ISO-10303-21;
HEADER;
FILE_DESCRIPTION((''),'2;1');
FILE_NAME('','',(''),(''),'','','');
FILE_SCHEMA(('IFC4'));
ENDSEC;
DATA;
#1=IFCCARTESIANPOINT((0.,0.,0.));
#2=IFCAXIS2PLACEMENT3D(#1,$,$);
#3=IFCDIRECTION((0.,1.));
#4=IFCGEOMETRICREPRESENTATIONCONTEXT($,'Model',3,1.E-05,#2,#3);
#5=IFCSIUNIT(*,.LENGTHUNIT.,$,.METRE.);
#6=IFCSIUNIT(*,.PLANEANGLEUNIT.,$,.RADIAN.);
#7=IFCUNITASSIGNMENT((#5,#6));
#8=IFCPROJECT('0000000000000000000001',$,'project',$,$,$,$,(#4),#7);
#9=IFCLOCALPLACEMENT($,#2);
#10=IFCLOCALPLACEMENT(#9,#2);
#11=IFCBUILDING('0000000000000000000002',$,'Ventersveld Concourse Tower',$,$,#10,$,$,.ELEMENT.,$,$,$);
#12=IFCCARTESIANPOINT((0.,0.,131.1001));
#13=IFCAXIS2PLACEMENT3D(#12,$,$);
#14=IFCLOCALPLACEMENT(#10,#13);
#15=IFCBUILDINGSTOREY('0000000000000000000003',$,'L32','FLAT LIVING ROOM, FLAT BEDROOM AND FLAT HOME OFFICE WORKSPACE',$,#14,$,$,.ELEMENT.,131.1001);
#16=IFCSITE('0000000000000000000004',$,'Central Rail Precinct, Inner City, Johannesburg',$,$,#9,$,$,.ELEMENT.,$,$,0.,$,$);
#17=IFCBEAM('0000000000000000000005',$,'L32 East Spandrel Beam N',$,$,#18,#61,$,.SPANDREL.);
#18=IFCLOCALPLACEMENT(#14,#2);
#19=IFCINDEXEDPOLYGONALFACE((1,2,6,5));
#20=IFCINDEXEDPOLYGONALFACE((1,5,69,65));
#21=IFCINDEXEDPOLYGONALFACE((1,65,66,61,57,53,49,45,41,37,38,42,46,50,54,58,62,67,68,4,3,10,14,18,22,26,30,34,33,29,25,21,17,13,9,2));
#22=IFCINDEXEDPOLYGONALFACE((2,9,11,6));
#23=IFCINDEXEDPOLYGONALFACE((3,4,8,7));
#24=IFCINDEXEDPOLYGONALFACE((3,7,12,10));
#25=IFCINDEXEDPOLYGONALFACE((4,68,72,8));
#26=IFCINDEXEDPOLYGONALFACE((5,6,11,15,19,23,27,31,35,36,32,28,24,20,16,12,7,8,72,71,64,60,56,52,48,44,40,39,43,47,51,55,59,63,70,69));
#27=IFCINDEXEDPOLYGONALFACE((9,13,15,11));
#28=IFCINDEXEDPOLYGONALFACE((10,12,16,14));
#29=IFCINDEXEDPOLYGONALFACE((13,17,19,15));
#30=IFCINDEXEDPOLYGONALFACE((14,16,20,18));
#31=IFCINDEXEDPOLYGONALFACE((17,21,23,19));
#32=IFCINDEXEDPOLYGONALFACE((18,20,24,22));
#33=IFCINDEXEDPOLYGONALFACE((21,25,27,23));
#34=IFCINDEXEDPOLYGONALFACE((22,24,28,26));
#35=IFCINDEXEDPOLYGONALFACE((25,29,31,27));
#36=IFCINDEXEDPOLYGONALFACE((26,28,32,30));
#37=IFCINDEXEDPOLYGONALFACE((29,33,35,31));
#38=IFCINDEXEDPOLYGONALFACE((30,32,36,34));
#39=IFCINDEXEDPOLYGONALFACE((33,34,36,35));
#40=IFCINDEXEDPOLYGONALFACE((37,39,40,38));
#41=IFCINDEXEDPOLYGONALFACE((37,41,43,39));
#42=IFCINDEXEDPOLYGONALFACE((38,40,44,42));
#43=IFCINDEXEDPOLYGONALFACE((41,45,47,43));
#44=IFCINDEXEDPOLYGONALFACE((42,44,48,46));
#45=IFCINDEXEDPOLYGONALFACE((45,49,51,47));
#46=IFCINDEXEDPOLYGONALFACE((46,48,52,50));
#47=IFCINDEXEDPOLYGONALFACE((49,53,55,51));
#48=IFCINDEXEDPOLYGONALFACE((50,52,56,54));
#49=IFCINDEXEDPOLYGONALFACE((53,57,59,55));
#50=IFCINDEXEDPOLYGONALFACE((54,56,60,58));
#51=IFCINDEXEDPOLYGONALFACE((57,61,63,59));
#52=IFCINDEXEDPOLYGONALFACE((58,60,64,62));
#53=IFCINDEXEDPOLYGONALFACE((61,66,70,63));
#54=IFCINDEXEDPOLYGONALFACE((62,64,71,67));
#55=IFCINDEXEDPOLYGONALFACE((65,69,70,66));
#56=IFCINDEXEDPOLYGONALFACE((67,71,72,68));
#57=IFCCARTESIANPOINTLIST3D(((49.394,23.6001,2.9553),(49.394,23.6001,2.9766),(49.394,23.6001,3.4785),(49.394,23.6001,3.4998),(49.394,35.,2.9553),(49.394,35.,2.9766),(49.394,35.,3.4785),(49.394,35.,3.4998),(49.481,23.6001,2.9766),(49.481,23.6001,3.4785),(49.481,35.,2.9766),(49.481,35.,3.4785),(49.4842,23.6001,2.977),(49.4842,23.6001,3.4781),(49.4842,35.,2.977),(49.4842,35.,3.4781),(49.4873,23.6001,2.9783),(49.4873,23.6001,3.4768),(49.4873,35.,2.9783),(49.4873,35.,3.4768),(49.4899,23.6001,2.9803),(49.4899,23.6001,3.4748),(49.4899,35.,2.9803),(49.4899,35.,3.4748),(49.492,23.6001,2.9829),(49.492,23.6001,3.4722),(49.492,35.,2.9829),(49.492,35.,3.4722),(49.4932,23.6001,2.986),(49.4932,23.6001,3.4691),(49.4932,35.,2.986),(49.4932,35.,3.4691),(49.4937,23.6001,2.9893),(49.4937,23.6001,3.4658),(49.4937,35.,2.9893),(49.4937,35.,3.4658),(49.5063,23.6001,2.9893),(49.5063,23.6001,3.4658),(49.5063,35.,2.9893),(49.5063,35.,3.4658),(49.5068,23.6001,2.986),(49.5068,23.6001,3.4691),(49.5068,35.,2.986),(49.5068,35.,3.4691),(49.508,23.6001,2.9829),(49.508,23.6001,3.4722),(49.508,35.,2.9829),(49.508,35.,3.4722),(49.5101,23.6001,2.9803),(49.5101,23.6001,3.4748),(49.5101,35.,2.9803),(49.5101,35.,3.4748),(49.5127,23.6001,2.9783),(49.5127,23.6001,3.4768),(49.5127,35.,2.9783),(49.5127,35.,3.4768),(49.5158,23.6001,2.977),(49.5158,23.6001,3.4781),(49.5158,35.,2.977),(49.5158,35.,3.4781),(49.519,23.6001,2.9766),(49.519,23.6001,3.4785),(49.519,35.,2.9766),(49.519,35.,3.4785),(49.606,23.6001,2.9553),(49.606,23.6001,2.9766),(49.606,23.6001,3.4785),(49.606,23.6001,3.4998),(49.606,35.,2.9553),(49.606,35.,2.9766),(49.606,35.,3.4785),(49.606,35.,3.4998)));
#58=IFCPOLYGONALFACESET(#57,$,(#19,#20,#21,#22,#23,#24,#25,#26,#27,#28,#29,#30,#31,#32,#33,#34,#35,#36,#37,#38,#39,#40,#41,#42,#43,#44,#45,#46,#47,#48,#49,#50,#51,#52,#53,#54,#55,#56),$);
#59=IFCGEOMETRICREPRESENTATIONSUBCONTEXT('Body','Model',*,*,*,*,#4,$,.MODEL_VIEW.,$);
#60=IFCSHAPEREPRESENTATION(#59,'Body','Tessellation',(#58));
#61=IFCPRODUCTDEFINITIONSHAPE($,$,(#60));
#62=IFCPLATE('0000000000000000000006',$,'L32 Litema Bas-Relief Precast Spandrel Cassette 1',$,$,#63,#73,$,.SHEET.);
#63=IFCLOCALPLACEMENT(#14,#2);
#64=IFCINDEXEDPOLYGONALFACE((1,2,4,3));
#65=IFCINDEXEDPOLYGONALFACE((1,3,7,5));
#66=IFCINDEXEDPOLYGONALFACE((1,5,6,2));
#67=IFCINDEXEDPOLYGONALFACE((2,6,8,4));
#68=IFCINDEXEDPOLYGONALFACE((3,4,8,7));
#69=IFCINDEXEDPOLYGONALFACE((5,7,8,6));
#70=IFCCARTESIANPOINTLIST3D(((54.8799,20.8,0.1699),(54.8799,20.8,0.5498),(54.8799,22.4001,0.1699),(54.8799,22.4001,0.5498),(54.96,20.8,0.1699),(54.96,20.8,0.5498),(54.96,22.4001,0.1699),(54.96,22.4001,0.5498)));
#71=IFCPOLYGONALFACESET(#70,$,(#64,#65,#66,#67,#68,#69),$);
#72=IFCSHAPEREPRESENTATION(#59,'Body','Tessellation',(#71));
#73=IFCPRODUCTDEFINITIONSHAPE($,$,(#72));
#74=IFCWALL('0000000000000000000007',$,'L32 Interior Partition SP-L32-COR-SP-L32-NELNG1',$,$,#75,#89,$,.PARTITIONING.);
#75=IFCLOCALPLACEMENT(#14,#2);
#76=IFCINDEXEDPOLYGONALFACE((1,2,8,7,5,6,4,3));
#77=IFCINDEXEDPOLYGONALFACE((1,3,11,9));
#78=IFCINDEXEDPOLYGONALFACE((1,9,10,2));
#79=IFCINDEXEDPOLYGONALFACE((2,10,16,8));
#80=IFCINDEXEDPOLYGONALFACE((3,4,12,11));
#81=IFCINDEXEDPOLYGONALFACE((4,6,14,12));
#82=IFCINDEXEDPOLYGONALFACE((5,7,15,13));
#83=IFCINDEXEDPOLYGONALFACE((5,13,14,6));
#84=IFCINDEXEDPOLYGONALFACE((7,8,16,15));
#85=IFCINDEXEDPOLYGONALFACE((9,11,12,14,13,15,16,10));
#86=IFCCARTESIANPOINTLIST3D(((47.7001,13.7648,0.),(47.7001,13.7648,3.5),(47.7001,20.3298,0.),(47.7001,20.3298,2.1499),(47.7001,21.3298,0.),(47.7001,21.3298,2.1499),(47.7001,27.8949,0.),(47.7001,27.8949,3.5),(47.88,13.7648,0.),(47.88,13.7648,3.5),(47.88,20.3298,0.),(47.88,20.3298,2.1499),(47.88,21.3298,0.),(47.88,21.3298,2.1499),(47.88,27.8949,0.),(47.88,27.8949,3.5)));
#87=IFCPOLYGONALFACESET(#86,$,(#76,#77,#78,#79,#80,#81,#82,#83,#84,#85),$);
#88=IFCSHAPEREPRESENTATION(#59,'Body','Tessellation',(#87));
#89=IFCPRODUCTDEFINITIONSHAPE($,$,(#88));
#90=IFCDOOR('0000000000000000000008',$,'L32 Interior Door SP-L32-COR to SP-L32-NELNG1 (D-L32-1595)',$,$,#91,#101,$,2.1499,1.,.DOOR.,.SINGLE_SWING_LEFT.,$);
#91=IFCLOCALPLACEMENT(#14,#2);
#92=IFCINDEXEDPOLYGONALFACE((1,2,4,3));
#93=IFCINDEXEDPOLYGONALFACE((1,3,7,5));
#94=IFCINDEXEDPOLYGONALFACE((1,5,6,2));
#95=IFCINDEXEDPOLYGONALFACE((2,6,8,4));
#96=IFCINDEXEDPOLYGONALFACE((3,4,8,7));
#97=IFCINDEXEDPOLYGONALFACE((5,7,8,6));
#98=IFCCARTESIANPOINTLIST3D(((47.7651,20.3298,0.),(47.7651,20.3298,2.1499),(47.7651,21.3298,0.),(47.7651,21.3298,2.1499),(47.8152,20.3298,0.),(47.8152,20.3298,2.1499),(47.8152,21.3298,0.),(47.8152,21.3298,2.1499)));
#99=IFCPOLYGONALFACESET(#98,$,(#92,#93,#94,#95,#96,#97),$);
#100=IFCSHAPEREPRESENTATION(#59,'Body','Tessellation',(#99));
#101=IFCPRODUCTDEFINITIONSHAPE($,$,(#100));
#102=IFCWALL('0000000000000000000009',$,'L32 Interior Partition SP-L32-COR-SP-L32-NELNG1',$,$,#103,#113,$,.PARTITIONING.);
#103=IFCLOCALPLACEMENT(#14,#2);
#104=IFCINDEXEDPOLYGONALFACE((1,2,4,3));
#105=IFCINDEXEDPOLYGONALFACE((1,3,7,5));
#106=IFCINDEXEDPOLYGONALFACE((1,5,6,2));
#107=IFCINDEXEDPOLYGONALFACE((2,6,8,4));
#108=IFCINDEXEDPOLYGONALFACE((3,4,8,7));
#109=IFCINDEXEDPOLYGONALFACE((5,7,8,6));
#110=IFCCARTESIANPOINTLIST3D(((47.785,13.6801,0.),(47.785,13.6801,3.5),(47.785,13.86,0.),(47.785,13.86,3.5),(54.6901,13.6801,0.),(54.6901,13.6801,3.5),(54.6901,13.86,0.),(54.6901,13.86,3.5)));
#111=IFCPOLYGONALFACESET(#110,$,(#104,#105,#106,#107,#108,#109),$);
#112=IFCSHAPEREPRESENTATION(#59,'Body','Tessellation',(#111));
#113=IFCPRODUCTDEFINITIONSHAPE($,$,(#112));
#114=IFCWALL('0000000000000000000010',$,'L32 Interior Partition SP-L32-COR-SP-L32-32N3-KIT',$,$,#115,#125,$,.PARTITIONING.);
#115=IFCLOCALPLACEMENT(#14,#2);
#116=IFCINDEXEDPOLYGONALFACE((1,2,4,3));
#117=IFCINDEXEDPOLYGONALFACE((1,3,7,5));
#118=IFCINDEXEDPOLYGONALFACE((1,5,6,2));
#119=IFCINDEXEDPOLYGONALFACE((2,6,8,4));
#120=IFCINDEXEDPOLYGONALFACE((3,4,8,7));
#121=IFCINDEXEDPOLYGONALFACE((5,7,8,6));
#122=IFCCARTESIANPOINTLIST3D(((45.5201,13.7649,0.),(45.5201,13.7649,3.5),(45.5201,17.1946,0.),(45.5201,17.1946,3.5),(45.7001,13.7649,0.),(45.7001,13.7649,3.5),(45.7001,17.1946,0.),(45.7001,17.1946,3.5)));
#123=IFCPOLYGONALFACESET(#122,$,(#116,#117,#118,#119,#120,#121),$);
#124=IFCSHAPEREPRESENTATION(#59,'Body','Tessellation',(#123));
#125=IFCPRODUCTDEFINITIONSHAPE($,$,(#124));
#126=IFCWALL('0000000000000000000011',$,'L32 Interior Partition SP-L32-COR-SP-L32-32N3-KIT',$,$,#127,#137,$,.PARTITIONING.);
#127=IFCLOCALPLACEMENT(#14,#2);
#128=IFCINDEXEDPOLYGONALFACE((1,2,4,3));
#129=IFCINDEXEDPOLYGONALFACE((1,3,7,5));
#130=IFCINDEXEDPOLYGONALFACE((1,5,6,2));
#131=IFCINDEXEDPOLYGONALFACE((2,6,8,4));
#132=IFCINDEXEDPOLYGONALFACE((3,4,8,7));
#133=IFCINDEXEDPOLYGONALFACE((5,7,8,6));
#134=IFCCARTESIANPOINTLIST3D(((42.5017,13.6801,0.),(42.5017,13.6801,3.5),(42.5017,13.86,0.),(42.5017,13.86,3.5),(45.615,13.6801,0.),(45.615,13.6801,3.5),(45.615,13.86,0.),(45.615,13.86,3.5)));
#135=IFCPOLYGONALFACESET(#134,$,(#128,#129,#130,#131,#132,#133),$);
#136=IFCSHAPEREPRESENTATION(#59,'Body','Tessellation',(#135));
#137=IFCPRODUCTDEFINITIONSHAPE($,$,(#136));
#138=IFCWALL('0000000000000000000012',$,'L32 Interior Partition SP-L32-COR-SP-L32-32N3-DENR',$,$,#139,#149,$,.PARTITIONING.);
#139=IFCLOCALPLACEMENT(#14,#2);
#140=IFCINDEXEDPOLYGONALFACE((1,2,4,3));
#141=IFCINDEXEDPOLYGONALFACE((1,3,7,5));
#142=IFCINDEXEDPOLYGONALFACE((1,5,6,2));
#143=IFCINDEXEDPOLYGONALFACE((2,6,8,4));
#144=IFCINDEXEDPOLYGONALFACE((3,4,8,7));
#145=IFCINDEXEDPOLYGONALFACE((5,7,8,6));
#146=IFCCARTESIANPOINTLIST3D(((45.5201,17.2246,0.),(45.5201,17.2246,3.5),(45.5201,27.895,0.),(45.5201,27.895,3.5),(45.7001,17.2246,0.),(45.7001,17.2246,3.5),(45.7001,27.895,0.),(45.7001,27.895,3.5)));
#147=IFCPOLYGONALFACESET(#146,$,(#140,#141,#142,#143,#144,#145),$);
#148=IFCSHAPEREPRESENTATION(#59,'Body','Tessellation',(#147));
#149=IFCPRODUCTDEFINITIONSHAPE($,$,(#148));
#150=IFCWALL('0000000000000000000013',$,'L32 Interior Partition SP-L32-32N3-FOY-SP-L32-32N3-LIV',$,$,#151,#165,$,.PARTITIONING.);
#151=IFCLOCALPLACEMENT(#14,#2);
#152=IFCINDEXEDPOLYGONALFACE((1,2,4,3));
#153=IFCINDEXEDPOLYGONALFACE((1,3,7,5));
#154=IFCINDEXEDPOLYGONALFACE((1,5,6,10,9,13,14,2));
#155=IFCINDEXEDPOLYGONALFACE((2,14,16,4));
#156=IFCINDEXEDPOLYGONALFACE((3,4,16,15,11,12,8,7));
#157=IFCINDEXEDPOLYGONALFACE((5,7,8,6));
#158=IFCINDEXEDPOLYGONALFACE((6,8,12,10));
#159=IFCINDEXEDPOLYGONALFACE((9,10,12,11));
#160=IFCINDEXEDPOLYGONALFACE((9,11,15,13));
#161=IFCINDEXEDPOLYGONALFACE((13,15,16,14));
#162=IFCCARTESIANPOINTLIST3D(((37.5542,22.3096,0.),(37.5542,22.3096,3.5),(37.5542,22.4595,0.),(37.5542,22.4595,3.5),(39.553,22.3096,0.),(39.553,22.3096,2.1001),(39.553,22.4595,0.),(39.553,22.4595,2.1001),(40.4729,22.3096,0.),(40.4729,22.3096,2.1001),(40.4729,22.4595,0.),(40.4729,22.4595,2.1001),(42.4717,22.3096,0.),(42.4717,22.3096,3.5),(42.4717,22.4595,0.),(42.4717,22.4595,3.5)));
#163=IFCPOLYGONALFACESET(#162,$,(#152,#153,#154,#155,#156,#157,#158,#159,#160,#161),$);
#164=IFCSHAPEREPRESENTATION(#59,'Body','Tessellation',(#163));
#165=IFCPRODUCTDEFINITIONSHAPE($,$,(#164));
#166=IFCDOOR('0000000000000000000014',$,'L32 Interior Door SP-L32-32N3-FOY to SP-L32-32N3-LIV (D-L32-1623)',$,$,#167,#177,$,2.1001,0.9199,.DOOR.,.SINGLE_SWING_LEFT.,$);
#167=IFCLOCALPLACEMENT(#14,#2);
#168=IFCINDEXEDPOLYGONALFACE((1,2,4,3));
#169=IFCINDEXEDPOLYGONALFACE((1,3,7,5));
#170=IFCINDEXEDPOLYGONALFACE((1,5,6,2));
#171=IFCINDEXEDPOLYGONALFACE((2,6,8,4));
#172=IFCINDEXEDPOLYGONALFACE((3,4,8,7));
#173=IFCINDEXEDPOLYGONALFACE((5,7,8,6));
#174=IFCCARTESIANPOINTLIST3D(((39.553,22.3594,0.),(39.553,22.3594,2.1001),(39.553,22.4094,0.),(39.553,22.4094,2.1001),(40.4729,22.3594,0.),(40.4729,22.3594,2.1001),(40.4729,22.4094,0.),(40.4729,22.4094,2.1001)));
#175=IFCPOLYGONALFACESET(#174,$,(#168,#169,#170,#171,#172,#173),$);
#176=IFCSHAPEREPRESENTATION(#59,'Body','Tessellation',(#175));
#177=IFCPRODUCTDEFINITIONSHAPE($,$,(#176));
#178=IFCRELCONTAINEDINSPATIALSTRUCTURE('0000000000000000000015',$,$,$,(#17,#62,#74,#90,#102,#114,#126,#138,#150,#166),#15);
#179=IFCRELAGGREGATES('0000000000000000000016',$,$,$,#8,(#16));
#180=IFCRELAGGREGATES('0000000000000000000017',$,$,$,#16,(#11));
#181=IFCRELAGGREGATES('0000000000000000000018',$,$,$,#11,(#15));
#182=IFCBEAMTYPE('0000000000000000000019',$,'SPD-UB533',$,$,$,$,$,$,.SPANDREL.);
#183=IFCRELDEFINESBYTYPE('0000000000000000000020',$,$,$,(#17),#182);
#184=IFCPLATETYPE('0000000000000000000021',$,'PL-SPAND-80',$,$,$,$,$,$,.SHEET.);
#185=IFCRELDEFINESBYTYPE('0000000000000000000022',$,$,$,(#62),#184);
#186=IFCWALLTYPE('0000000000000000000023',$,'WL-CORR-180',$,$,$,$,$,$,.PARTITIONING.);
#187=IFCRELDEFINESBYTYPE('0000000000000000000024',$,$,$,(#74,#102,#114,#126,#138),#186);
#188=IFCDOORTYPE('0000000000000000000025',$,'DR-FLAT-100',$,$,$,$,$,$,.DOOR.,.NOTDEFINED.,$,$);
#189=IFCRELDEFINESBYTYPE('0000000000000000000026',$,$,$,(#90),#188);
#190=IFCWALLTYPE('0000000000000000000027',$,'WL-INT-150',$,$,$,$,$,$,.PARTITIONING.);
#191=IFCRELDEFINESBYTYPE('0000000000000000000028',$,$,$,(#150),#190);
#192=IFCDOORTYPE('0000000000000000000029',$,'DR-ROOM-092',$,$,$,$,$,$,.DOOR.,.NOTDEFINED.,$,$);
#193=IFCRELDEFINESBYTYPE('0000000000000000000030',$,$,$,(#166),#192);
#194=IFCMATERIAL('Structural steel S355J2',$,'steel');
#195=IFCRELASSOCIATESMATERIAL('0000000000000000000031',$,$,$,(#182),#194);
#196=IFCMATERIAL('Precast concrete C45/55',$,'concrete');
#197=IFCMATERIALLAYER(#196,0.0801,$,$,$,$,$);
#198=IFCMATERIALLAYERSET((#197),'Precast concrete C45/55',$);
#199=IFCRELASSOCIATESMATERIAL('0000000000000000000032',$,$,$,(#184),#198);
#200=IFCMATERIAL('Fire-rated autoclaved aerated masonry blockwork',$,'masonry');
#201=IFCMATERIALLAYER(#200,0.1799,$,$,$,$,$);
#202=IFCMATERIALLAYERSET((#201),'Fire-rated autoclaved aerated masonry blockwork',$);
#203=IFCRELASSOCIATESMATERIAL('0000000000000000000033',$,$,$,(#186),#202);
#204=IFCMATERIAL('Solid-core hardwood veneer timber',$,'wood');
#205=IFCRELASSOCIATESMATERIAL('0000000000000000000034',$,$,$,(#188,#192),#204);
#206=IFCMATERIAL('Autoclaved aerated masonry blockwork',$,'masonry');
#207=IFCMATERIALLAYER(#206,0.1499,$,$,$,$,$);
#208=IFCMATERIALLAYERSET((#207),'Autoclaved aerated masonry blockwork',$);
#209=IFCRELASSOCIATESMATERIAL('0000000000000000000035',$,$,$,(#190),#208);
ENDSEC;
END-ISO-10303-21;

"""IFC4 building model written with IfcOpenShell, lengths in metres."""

from ifc_helpers import new_model, si_unit, direction, frame, frame_2d, origin, origin_2d, place, context, subcontext, project, spatial, rectangle, i_section, extrude, material, layer, layer_set, material_profile, profile_set, type_object, element, fill, save


model = new_model("IFC4")

# Units and contexts
model_context = context("Model", 3, precision=1e-05, world=origin(), true_north=direction((0.0, 1.0)))
body_context = subcontext(model_context, "Body", "Model", "MODEL_VIEW")
ifc_project = project(units=[si_unit("LENGTHUNIT", "METRE"), si_unit("PLANEANGLEUNIT", "RADIAN")], contexts=[model_context])

# Site, building, storey
site_placement = place(None, origin())
site = spatial("IfcSite", under=ifc_project, at=site_placement, Name="Central Rail Precinct, Inner City, Johannesburg", CompositionType="ELEMENT", RefElevation=0.0)
building_placement = place(site_placement, origin())
building = spatial("IfcBuilding", under=site, at=building_placement, Name="Ventersveld Concourse Tower", CompositionType="ELEMENT")
storey_placement = place(building_placement, frame((0.0, 0.0, 131.1001)))
storey = spatial("IfcBuildingStorey", under=building, at=storey_placement, Name="L32", Description="FLAT LIVING ROOM, FLAT BEDROOM AND FLAT HOME OFFICE WORKSPACE", CompositionType="ELEMENT", Elevation=131.1001)

# Beam
ifc_material_1 = material(Name="Structural steel S355J2", Category="steel")
ifc_material_profile_1 = material_profile(ifc_material_1, i_section(OverallWidth=0.2119, OverallDepth=0.5444, WebThickness=0.0127, FlangeThickness=0.0212, FilletRadius=0.0127, at=origin_2d()), Name="UB 533x210x122")
ifc_profile_set_1 = profile_set([ifc_material_profile_1], Name="Structural steel S355J2")
beam_type_1 = type_object("IfcBeamType", Name="SPD-UB533", PredefinedType="SPANDREL", material=ifc_profile_set_1)
beam_1_placement = place(storey_placement, frame((49.5, 23.6001, 3.2275), z_axis=(0.0, 1.0, 0.0), x_axis=(-1.0, 0.0, 0.0)))
element("IfcBeam", 1, at=beam_1_placement, inside=storey, type_object=beam_type_1, Name="L32 East Spandrel Beam N", PredefinedType="SPANDREL", context=body_context, shape_type="SweptSolid", body=[
    extrude(i_section(OverallWidth=0.2119, OverallDepth=0.5444, WebThickness=0.0127, FlangeThickness=0.0212, FilletRadius=0.0127, at=origin_2d()), origin(), (0.0, 0.0, 1.0), 11.3999),
])

# Plate
ifc_material_2 = material(Name="Precast concrete C45/55", Category="concrete")
ifc_layer_1 = layer(ifc_material_2, 0.0801)
ifc_layer_set_1 = layer_set([ifc_layer_1], Name="Precast concrete C45/55")
plate_type = type_object("IfcPlateType", Name="PL-SPAND-80", PredefinedType="SHEET", material=ifc_layer_set_1)
plate_placement = place(storey_placement, frame((54.9199, 21.6001, 0.1699), z_axis=(0.0, 0.0, 1.0), x_axis=(0.0, 1.0, 0.0)))
element("IfcPlate", 2, at=plate_placement, inside=storey, type_object=plate_type, Name="L32 Litema Bas-Relief Precast Spandrel Cassette 1", PredefinedType="SHEET", context=body_context, shape_type="SweptSolid", body=[
    extrude(rectangle(XDim=1.6001, YDim=0.0801, at=origin_2d()), origin(), (0.0, 0.0, 1.0), 0.3799),
])

# Wall, opening, door
ifc_material_3 = material(Name="Fire-rated autoclaved aerated masonry blockwork", Category="masonry")
ifc_layer_2 = layer(ifc_material_3, 0.1799)
ifc_layer_set_2 = layer_set([ifc_layer_2], Name="Fire-rated autoclaved aerated masonry blockwork")
wall_type_1 = type_object("IfcWallType", Name="WL-CORR-180", PredefinedType="PARTITIONING", material=ifc_layer_set_2)
wall_1_placement = place(storey_placement, frame((47.79, 13.7649, 0.0), z_axis=(0.0, 0.0, 1.0), x_axis=(0.0, 1.0, 0.0)))
wall_1 = element("IfcWall", 3, at=wall_1_placement, inside=storey, type_object=wall_type_1, Name="L32 Interior Partition SP-L32-COR-SP-L32-NELNG1", PredefinedType="PARTITIONING", context=body_context, shape_type="SweptSolid", body=[
    extrude(rectangle(XDim=14.1301, YDim=0.1799, at=frame_2d((7.0649, 0.0))), origin(), (0.0, 0.0, 1.0), 3.5),
])
opening_1_placement = place(wall_1_placement, frame((6.5649, 0.0, 0.0)))
opening_1 = element("IfcOpeningElement", 4, at=opening_1_placement, cuts=wall_1, PredefinedType="OPENING", context=body_context, shape_type="SweptSolid", body=[
    extrude(rectangle(XDim=1.0, YDim=2.1499, at=frame_2d((0.5, 1.075))), frame((0.0, 0.1001, 0.0), z_axis=(0.0, -1.0, 0.0), x_axis=(1.0, 0.0, 0.0)), (0.0, 0.0, 1.0), 0.2),
])
ifc_material_4 = material(Name="Solid-core hardwood veneer timber", Category="wood")
door_type_1 = type_object("IfcDoorType", Name="DR-FLAT-100", OperationType="NOTDEFINED", PredefinedType="DOOR", material=ifc_material_4)
door_1_placement = place(opening_1_placement, origin())
door_1 = element("IfcDoor", 5, at=door_1_placement, inside=storey, type_object=door_type_1, Name="L32 Interior Door SP-L32-COR to SP-L32-NELNG1 (D-L32-1595)", OperationType="SINGLE_SWING_LEFT", OverallHeight=2.1499, OverallWidth=1.0, PredefinedType="DOOR", context=body_context, shape_type="SweptSolid", body=[
    extrude(rectangle(XDim=1.0, YDim=2.1499, at=frame_2d((0.5, 1.075))), frame((0.0, 0.0249, 0.0), z_axis=(0.0, -1.0, 0.0), x_axis=(1.0, 0.0, 0.0)), (0.0, 0.0, 1.0), 0.05),
])
fill(opening_1, door_1)

# Walls
wall_2_placement = place(storey_placement, frame((47.7849, 13.77, 0.0), z_axis=(0.0, 0.0, 1.0), x_axis=(1.0, 0.0, 0.0)))
element("IfcWall", 6, at=wall_2_placement, inside=storey, type_object=wall_type_1, Name="L32 Interior Partition SP-L32-COR-SP-L32-NELNG1", PredefinedType="PARTITIONING", context=body_context, shape_type="SweptSolid", body=[
    extrude(rectangle(XDim=6.905, YDim=0.1799, at=frame_2d((3.4526, 0.0))), origin(), (0.0, 0.0, 1.0), 3.5),
])
wall_3_placement = place(storey_placement, frame((45.6101, 13.7649, 0.0), z_axis=(0.0, 0.0, 1.0), x_axis=(0.0, 1.0, 0.0)))
element("IfcWall", 7, at=wall_3_placement, inside=storey, type_object=wall_type_1, Name="L32 Interior Partition SP-L32-COR-SP-L32-32N3-KIT", PredefinedType="PARTITIONING", context=body_context, shape_type="SweptSolid", body=[
    extrude(rectangle(XDim=3.4297, YDim=0.1799, at=frame_2d((1.7148, 0.0))), origin(), (0.0, 0.0, 1.0), 3.5),
])
wall_4_placement = place(storey_placement, frame((42.5017, 13.77, 0.0), z_axis=(0.0, 0.0, 1.0), x_axis=(1.0, 0.0, 0.0)))
element("IfcWall", 8, at=wall_4_placement, inside=storey, type_object=wall_type_1, Name="L32 Interior Partition SP-L32-COR-SP-L32-32N3-KIT", PredefinedType="PARTITIONING", context=body_context, shape_type="SweptSolid", body=[
    extrude(rectangle(XDim=3.1133, YDim=0.1799, at=frame_2d((1.5566, 0.0))), origin(), (0.0, 0.0, 1.0), 3.5),
])
wall_5_placement = place(storey_placement, frame((45.6101, 17.2246, 0.0), z_axis=(0.0, 0.0, 1.0), x_axis=(0.0, 1.0, 0.0)))
element("IfcWall", 9, at=wall_5_placement, inside=storey, type_object=wall_type_1, Name="L32 Interior Partition SP-L32-COR-SP-L32-32N3-DENR", PredefinedType="PARTITIONING", context=body_context, shape_type="SweptSolid", body=[
    extrude(rectangle(XDim=10.6704, YDim=0.1799, at=frame_2d((5.3352, 0.0))), origin(), (0.0, 0.0, 1.0), 3.5),
])

# Wall, opening, door
ifc_material_5 = material(Name="Autoclaved aerated masonry blockwork", Category="masonry")
ifc_layer_3 = layer(ifc_material_5, 0.1499)
ifc_layer_set_3 = layer_set([ifc_layer_3], Name="Autoclaved aerated masonry blockwork")
wall_type_2 = type_object("IfcWallType", Name="WL-INT-150", PredefinedType="PARTITIONING", material=ifc_layer_set_3)
wall_6_placement = place(storey_placement, frame((37.5542, 22.3845, 0.0), z_axis=(0.0, 0.0, 1.0), x_axis=(1.0, 0.0, 0.0)))
wall_6 = element("IfcWall", 10, at=wall_6_placement, inside=storey, type_object=wall_type_2, Name="L32 Interior Partition SP-L32-32N3-FOY-SP-L32-32N3-LIV", PredefinedType="PARTITIONING", context=body_context, shape_type="SweptSolid", body=[
    extrude(rectangle(XDim=4.9175, YDim=0.1499, at=frame_2d((2.4587, 0.0))), origin(), (0.0, 0.0, 1.0), 3.5),
])
opening_2_placement = place(wall_6_placement, frame((1.9988, 0.0, 0.0)))
opening_2 = element("IfcOpeningElement", 11, at=opening_2_placement, cuts=wall_6, PredefinedType="OPENING", context=body_context, shape_type="SweptSolid", body=[
    extrude(rectangle(XDim=0.9199, YDim=2.1001, at=frame_2d((0.46, 1.05))), frame((0.0, 0.085, 0.0), z_axis=(0.0, -1.0, 0.0), x_axis=(1.0, 0.0, 0.0)), (0.0, 0.0, 1.0), 0.1699),
])
door_type_2 = type_object("IfcDoorType", Name="DR-ROOM-092", OperationType="NOTDEFINED", PredefinedType="DOOR", material=ifc_material_4)
door_2_placement = place(opening_2_placement, origin())
door_2 = element("IfcDoor", 12, at=door_2_placement, inside=storey, type_object=door_type_2, Name="L32 Interior Door SP-L32-32N3-FOY to SP-L32-32N3-LIV (D-L32-1623)", OperationType="SINGLE_SWING_LEFT", OverallHeight=2.1001, OverallWidth=0.9199, PredefinedType="DOOR", context=body_context, shape_type="SweptSolid", body=[
    extrude(rectangle(XDim=0.9199, YDim=2.1001, at=frame_2d((0.46, 1.05))), frame((0.0, 0.0249, 0.0), z_axis=(0.0, -1.0, 0.0), x_axis=(1.0, 0.0, 0.0)), (0.0, 0.0, 1.0), 0.05),
])
fill(opening_2, door_2)

save(model, "model.ifc")
